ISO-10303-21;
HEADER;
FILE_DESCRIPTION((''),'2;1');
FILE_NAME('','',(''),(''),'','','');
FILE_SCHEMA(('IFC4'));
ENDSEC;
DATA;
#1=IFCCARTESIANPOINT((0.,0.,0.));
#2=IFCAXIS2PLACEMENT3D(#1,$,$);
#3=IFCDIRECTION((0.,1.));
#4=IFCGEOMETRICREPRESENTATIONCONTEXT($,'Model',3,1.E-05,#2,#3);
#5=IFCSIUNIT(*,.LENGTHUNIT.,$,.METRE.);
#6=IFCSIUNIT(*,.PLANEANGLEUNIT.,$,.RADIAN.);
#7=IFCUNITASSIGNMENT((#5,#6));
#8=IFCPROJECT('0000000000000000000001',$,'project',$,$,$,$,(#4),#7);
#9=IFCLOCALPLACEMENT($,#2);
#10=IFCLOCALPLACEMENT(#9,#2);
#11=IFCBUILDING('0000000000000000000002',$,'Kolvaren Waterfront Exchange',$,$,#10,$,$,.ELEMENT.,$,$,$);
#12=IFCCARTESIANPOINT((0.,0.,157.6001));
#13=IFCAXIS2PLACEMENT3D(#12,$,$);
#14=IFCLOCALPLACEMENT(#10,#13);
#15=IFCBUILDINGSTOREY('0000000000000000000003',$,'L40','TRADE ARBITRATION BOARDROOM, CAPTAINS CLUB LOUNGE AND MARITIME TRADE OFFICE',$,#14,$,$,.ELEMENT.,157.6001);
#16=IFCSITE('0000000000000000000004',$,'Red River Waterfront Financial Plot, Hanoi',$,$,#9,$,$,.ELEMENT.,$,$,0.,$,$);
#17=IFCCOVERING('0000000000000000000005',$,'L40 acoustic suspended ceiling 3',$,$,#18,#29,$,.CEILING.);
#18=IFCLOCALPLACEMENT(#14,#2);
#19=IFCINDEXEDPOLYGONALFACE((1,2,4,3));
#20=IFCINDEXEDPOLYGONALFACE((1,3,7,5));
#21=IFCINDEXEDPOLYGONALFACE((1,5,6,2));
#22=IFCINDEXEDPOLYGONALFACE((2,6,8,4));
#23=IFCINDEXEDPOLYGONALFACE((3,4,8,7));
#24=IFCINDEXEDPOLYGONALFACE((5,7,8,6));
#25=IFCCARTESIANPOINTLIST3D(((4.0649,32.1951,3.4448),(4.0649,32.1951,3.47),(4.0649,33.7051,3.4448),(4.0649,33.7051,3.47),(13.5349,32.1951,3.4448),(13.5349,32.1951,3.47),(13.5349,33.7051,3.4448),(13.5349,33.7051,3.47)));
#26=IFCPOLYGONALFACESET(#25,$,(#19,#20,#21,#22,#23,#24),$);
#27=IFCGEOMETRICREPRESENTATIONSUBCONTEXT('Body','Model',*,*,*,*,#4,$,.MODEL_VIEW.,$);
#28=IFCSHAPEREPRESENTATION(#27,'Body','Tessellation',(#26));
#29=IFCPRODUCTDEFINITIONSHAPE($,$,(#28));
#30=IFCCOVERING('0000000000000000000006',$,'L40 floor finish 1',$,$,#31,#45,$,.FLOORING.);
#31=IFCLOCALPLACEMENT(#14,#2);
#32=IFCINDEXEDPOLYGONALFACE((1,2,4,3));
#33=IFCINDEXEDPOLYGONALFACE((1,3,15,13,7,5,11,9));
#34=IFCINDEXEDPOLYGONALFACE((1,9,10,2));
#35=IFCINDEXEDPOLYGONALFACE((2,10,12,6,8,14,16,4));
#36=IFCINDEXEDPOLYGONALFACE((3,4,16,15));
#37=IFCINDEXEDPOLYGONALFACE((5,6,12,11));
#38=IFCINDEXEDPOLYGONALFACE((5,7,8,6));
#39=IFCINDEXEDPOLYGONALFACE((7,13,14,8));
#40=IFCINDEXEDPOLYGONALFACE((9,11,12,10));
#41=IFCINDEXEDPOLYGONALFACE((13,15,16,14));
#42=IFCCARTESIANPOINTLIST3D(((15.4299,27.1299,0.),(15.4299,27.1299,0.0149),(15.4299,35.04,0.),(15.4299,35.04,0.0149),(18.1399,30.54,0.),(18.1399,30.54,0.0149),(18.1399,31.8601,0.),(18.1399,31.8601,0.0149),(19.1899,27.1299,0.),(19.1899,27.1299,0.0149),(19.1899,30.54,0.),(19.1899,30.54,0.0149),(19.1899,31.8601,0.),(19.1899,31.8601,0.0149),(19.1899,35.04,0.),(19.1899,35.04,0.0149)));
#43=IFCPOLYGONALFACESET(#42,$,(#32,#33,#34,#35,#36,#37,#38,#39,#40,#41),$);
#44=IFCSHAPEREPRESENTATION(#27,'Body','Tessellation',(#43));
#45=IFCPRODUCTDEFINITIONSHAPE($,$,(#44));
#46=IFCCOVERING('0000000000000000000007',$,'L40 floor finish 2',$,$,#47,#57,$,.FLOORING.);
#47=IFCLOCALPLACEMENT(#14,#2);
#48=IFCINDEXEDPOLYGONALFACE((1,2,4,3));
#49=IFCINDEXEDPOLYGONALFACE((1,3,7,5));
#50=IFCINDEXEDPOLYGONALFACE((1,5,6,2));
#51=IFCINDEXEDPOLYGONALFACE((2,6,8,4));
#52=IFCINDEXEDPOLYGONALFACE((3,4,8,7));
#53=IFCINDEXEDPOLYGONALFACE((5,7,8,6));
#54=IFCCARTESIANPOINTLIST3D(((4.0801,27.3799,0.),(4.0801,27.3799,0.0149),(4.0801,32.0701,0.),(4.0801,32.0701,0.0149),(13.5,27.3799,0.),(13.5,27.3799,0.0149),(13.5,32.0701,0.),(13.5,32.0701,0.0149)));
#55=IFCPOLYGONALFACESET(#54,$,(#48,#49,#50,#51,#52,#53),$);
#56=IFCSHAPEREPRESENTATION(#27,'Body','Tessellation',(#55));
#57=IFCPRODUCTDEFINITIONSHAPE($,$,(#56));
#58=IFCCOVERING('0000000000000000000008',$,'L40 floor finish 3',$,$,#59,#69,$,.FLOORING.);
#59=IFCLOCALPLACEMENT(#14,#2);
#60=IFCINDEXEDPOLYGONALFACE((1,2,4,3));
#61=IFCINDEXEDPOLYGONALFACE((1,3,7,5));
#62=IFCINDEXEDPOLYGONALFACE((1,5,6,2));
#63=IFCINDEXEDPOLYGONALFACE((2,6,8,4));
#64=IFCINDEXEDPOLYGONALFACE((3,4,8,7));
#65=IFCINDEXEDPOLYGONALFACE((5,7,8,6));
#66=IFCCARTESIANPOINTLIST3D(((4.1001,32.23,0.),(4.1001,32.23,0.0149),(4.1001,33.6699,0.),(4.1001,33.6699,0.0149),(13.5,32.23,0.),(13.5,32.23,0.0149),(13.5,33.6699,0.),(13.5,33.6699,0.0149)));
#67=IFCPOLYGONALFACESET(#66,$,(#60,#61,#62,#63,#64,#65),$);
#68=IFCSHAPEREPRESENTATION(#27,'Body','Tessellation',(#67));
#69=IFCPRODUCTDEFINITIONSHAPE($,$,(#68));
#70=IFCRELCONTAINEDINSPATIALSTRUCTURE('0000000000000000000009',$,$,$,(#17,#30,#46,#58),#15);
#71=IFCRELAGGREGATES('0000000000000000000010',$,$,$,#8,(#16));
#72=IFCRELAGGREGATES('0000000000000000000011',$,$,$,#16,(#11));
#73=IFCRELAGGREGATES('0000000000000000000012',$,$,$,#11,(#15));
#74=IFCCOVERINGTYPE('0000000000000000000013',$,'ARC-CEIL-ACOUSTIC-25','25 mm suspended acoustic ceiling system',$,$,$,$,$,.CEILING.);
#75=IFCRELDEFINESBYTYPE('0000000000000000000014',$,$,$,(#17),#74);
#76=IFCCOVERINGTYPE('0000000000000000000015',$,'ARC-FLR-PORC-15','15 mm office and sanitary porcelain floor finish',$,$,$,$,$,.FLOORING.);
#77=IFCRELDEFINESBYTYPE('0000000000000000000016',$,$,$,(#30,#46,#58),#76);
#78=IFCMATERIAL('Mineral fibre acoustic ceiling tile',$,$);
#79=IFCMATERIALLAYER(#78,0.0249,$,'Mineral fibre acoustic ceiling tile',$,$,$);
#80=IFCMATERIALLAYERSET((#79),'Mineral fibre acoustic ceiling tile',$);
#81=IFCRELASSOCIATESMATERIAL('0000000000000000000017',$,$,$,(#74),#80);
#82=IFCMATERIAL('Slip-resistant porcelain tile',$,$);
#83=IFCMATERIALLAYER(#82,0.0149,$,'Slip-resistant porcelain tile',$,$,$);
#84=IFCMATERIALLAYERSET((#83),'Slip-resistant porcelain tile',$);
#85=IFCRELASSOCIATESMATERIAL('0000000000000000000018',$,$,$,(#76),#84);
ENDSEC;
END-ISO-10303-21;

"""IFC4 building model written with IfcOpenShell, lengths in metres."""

from ifc_helpers import new_model, si_unit, direction, frame, origin, place, context, subcontext, project, spatial, polyline, outline, extrude, material, layer, layer_set, type_object, element, save


model = new_model("IFC4")

# Units and contexts
model_context = context("Model", 3, precision=1e-05, world=origin(), true_north=direction((0.0, 1.0)))
body_context = subcontext(model_context, "Body", "Model", "MODEL_VIEW")
ifc_project = project(units=[si_unit("LENGTHUNIT", "METRE"), si_unit("PLANEANGLEUNIT", "RADIAN")], contexts=[model_context])

# Site, building, storey
site_placement = place(None, origin())
site = spatial("IfcSite", under=ifc_project, at=site_placement, Name="Red River Waterfront Financial Plot, Hanoi", CompositionType="ELEMENT", RefElevation=0.0)
building_placement = place(site_placement, origin())
building = spatial("IfcBuilding", under=site, at=building_placement, Name="Kolvaren Waterfront Exchange", CompositionType="ELEMENT")
storey_placement = place(building_placement, frame((0.0, 0.0, 157.6001)))
storey = spatial("IfcBuildingStorey", under=building, at=storey_placement, Name="L40", Description="TRADE ARBITRATION BOARDROOM, CAPTAINS CLUB LOUNGE AND MARITIME TRADE OFFICE", CompositionType="ELEMENT", Elevation=157.6001)

# Coverings
ifc_material_1 = material(Name="Mineral fibre acoustic ceiling tile")
ifc_layer_1 = layer(ifc_material_1, 0.0249, Name="Mineral fibre acoustic ceiling tile")
ifc_layer_set_1 = layer_set([ifc_layer_1], Name="Mineral fibre acoustic ceiling tile")
covering_type_1 = type_object("IfcCoveringType", Name="ARC-CEIL-ACOUSTIC-25", Description="25 mm suspended acoustic ceiling system", PredefinedType="CEILING", material=ifc_layer_set_1)
covering_1_placement = place(storey_placement, frame((0.0, 0.0, 3.4448)))
element("IfcCovering", 1, at=covering_1_placement, inside=storey, type_object=covering_type_1, Name="L40 acoustic suspended ceiling 3", PredefinedType="CEILING", context=body_context, shape_type="SweptSolid", body=[
    extrude(outline(polyline([(13.5349, 32.1951), (13.5349, 33.7051), (4.0649, 33.7051), (4.0649, 32.1951), (13.5349, 32.1951)])), origin(), (0.0, 0.0, 1.0), 0.0251),
])
ifc_material_2 = material(Name="Slip-resistant porcelain tile")
ifc_layer_2 = layer(ifc_material_2, 0.0149, Name="Slip-resistant porcelain tile")
ifc_layer_set_2 = layer_set([ifc_layer_2], Name="Slip-resistant porcelain tile")
covering_type_2 = type_object("IfcCoveringType", Name="ARC-FLR-PORC-15", Description="15 mm office and sanitary porcelain floor finish", PredefinedType="FLOORING", material=ifc_layer_set_2)
covering_2_placement = place(storey_placement, origin())
element("IfcCovering", 2, at=covering_2_placement, inside=storey, type_object=covering_type_2, Name="L40 floor finish 1", PredefinedType="FLOORING", context=body_context, shape_type="SweptSolid", body=[
    extrude(outline(polyline([(15.4299, 35.04), (15.4299, 27.1299), (19.1899, 27.1299), (19.1899, 30.54), (18.1399, 30.54), (18.1399, 31.8601), (19.1899, 31.8601), (19.1899, 35.04), (15.4299, 35.04)])), origin(), (0.0, 0.0, 1.0), 0.0149),
])
covering_3_placement = place(storey_placement, origin())
element("IfcCovering", 3, at=covering_3_placement, inside=storey, type_object=covering_type_2, Name="L40 floor finish 2", PredefinedType="FLOORING", context=body_context, shape_type="SweptSolid", body=[
    extrude(outline(polyline([(4.0801, 32.0701), (4.0801, 27.3799), (13.5, 27.3799), (13.5, 32.0701), (4.0801, 32.0701)])), origin(), (0.0, 0.0, 1.0), 0.0149),
])
covering_4_placement = place(storey_placement, origin())
element("IfcCovering", 4, at=covering_4_placement, inside=storey, type_object=covering_type_2, Name="L40 floor finish 3", PredefinedType="FLOORING", context=body_context, shape_type="SweptSolid", body=[
    extrude(outline(polyline([(4.1001, 33.6699), (4.1001, 32.23), (13.5, 32.23), (13.5, 33.6699), (4.1001, 33.6699)])), origin(), (0.0, 0.0, 1.0), 0.0149),
])

save(model, "model.ifc")
